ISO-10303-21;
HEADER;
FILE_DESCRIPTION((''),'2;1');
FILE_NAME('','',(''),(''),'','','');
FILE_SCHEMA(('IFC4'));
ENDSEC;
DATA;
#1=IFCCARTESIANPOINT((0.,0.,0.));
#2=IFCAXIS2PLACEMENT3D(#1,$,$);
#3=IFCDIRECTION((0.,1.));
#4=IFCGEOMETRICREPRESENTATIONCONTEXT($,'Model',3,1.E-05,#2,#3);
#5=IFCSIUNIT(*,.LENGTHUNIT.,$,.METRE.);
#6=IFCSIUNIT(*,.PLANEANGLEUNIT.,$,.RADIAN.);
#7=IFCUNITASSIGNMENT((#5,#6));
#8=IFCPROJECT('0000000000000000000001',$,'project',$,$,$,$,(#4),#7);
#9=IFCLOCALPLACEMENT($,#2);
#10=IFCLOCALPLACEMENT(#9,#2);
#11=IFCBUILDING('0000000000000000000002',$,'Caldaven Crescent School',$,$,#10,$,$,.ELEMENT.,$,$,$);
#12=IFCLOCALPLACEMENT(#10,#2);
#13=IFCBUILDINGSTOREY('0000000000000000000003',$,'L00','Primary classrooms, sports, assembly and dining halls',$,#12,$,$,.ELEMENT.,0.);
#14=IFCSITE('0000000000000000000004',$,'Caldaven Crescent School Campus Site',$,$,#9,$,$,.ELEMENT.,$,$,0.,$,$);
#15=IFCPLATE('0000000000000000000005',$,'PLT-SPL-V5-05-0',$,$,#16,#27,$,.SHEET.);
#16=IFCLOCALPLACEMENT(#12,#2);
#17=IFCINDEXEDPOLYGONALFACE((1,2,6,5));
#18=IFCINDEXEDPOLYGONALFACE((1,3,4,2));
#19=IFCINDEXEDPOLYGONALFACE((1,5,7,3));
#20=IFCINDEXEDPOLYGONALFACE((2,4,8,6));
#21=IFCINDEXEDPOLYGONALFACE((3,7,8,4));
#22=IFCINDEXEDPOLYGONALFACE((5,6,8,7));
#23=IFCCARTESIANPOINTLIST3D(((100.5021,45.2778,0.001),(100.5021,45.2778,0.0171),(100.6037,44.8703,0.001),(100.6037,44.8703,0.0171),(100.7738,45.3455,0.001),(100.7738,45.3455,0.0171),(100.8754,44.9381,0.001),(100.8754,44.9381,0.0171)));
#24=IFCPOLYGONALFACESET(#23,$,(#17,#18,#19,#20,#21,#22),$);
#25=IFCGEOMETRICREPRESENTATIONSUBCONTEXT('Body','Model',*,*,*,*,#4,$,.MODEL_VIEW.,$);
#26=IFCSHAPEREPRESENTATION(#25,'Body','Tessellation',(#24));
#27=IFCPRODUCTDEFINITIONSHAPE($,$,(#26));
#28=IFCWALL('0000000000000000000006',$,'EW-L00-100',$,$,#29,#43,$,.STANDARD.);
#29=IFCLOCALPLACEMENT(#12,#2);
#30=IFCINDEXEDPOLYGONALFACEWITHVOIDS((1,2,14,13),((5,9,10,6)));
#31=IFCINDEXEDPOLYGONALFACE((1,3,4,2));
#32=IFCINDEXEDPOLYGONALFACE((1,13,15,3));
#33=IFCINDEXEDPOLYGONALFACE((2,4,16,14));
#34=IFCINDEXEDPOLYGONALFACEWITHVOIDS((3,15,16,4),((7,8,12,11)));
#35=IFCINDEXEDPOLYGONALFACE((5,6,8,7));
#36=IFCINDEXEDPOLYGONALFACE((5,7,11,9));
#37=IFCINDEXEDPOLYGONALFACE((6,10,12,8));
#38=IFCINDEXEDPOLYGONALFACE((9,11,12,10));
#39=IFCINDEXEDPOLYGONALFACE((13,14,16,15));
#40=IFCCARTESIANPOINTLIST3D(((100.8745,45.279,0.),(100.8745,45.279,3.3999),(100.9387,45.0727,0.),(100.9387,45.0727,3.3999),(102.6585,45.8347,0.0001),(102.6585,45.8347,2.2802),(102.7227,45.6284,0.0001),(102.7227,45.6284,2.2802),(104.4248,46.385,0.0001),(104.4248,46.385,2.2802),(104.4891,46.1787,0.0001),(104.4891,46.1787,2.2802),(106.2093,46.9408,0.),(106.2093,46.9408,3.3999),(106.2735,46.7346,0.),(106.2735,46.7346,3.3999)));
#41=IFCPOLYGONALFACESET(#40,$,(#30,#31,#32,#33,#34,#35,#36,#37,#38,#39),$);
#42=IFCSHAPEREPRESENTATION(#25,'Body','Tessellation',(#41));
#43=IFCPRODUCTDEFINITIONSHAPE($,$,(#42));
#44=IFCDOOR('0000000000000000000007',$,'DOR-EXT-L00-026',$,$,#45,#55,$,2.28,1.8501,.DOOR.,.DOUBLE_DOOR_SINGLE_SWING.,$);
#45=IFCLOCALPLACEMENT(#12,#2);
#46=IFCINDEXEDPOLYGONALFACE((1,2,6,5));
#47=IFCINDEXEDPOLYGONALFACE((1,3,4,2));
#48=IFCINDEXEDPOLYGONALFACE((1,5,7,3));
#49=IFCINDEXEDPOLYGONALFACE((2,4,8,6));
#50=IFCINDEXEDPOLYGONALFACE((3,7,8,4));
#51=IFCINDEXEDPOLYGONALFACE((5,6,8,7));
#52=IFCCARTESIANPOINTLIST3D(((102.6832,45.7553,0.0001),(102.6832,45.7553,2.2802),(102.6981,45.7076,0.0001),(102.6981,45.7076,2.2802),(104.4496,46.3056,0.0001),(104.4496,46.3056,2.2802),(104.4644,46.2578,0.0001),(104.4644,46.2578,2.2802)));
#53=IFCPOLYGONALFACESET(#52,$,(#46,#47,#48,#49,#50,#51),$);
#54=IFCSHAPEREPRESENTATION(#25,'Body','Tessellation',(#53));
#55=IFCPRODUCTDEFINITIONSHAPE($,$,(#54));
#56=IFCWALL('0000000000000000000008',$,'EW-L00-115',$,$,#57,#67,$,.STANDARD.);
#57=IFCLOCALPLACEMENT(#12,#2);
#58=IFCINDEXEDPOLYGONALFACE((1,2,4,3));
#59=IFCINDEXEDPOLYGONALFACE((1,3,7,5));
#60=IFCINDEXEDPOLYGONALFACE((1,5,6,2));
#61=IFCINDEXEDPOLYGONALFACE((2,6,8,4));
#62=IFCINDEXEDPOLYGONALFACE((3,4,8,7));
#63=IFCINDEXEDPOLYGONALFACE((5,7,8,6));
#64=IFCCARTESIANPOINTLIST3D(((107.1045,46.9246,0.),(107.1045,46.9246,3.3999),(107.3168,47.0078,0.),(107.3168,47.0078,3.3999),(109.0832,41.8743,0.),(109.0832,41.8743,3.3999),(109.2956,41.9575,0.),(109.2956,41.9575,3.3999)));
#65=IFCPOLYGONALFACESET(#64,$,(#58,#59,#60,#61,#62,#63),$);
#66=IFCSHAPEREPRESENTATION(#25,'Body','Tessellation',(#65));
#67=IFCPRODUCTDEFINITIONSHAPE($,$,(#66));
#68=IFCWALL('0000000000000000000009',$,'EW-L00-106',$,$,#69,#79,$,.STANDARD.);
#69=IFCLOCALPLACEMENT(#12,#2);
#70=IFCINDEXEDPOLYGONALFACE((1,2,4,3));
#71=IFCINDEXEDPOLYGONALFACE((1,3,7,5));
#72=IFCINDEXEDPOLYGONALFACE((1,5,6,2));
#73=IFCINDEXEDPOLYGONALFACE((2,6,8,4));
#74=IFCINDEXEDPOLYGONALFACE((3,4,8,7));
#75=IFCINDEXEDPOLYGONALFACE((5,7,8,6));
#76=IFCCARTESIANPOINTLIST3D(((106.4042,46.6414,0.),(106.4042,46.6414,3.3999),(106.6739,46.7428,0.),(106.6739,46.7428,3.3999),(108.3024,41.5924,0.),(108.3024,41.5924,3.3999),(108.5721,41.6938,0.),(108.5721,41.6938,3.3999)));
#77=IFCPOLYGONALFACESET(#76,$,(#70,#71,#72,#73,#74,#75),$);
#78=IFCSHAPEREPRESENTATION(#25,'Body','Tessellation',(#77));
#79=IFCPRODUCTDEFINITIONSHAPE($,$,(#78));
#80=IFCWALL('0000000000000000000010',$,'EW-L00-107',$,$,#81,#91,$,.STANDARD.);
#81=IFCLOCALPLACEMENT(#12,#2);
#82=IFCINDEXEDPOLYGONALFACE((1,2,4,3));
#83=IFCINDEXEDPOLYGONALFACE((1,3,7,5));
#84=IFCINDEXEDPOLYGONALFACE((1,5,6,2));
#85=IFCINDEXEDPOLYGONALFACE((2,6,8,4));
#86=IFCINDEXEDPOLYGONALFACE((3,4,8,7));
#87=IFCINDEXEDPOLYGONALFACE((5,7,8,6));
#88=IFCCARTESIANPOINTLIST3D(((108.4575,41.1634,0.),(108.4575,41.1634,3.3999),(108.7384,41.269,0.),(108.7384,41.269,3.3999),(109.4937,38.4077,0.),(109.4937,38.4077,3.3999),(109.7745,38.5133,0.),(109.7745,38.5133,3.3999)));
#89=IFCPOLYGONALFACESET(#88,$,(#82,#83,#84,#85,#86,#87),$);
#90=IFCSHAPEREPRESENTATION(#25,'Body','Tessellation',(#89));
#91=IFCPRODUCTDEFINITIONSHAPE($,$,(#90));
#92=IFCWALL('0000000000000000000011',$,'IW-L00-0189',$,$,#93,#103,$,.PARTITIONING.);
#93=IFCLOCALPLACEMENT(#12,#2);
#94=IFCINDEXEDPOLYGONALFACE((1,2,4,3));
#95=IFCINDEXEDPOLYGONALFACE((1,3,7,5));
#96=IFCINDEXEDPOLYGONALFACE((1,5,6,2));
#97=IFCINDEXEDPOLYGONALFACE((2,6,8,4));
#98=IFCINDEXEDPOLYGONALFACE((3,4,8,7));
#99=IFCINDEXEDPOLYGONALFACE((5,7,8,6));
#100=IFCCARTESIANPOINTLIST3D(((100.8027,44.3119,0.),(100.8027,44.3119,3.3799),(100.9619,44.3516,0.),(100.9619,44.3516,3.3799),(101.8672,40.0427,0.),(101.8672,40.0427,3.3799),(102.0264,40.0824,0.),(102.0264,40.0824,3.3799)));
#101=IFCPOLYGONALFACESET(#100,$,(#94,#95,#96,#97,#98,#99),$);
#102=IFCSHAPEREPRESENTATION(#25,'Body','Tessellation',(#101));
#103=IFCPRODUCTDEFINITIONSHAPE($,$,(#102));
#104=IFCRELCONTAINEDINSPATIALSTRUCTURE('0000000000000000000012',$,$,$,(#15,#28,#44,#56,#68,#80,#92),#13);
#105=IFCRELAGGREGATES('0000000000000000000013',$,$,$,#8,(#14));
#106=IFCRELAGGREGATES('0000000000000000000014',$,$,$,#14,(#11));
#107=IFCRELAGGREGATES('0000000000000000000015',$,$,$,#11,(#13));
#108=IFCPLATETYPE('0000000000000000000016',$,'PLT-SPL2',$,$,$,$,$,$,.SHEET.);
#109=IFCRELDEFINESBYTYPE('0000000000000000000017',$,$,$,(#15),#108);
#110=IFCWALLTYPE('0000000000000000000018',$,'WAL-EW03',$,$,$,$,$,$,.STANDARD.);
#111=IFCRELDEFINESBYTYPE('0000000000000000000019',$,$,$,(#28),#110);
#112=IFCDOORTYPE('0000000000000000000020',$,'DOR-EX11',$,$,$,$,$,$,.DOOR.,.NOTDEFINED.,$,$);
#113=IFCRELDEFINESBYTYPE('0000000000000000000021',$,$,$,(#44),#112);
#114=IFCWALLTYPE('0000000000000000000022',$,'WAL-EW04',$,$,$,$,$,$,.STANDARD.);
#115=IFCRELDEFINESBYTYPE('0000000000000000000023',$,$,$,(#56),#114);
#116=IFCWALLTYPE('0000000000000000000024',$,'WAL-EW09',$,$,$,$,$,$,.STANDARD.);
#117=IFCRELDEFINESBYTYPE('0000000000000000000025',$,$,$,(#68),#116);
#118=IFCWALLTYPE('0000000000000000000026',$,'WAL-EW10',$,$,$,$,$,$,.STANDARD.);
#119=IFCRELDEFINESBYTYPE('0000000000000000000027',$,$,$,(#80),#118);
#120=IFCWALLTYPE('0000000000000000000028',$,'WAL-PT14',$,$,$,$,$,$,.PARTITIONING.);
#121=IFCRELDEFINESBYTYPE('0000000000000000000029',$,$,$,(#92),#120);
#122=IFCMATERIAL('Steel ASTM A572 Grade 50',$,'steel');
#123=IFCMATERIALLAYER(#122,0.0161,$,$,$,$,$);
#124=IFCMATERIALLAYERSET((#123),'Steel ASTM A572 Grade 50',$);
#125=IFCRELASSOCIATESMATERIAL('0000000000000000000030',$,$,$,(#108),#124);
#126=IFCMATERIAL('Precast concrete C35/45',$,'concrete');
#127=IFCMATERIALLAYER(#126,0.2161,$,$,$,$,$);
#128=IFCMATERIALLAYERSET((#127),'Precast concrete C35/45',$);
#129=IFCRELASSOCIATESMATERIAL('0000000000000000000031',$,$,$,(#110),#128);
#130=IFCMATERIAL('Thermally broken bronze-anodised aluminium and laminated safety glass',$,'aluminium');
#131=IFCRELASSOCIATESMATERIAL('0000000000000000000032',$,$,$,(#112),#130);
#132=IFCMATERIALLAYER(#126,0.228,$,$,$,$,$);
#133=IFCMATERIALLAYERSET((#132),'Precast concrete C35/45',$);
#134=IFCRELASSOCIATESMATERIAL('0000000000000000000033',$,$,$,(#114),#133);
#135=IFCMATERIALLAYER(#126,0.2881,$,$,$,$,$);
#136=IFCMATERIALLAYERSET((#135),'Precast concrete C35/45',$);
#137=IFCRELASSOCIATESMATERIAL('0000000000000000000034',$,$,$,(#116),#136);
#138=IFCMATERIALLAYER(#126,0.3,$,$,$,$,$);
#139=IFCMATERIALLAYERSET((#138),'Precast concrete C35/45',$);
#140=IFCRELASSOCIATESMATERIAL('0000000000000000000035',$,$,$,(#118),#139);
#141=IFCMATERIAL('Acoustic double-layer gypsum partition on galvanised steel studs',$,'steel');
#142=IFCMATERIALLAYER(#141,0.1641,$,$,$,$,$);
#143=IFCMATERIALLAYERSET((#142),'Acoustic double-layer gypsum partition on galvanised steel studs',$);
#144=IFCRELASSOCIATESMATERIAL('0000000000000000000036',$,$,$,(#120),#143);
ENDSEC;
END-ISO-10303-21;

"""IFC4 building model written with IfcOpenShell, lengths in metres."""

from ifc_helpers import new_model, si_unit, direction, frame, frame_2d, origin, origin_2d, place, context, subcontext, project, spatial, rectangle, extrude, material, layer, layer_set, type_object, element, fill, save


model = new_model("IFC4")

# Units and contexts
model_context = context("Model", 3, precision=1e-05, world=origin(), true_north=direction((0.0, 1.0)))
body_context = subcontext(model_context, "Body", "Model", "MODEL_VIEW")
ifc_project = project(units=[si_unit("LENGTHUNIT", "METRE"), si_unit("PLANEANGLEUNIT", "RADIAN")], contexts=[model_context])

# Site, building, storey
site_placement = place(None, origin())
site = spatial("IfcSite", under=ifc_project, at=site_placement, Name="Caldaven Crescent School Campus Site", CompositionType="ELEMENT", RefElevation=0.0)
building_placement = place(site_placement, origin())
building = spatial("IfcBuilding", under=site, at=building_placement, Name="Caldaven Crescent School", CompositionType="ELEMENT")
storey_placement = place(building_placement, origin())
storey = spatial("IfcBuildingStorey", under=building, at=storey_placement, Name="L00", Description="Primary classrooms, sports, assembly and dining halls", CompositionType="ELEMENT", Elevation=0.0)

# Shared definitions
ifc_material_1 = material(Name="Steel ASTM A572 Grade 50", Category="steel")

# Plate
ifc_layer_1 = layer(ifc_material_1, 0.0161)
ifc_layer_set_1 = layer_set([ifc_layer_1], Name="Steel ASTM A572 Grade 50")
plate_type_1 = type_object("IfcPlateType", Name="PLT-SPL2", PredefinedType="SHEET", material=ifc_layer_set_1)
plate_1_placement = place(storey_placement, frame((100.6887, 45.1079, 0.001), z_axis=(0.0, 0.0, 1.0), x_axis=(0.241922, -0.970296, 0.0)))
element("IfcPlate", 1, at=plate_1_placement, inside=storey, type_object=plate_type_1, Name="PLT-SPL-V5-05-0", PredefinedType="SHEET", context=body_context, shape_type="SweptSolid", body=[
    extrude(rectangle(XDim=0.4199, YDim=0.28, at=origin_2d()), origin(), (0.0, 0.0, 1.0), 0.0161),
])

# Wall, opening, door
ifc_material_2 = material(Name="Precast concrete C35/45", Category="concrete")
ifc_layer_2 = layer(ifc_material_2, 0.2161)
ifc_layer_set_2 = layer_set([ifc_layer_2], Name="Precast concrete C35/45")
wall_type_1 = type_object("IfcWallType", Name="WAL-EW03", PredefinedType="STANDARD", material=ifc_layer_set_2)
wall_1_placement = place(storey_placement, frame((100.9065, 45.1758, 0.0), z_axis=(0.0, 0.0, 1.0), x_axis=(0.954746, 0.297422, 0.0)))
wall_1 = element("IfcWall", 2, at=wall_1_placement, inside=storey, type_object=wall_type_1, Name="EW-L00-100", PredefinedType="STANDARD", context=body_context, shape_type="SweptSolid", body=[
    extrude(rectangle(XDim=5.5876, YDim=0.2161, at=frame_2d((2.7939, 0.0))), origin(), (0.0, 0.0, 1.0), 3.3999),
])
opening_placement = place(wall_1_placement, frame((1.8687, 0.0, 0.0)))
opening = element("IfcOpeningElement", 3, at=opening_placement, cuts=wall_1, PredefinedType="OPENING", context=body_context, shape_type="SweptSolid", body=[
    extrude(rectangle(XDim=1.8501, YDim=2.28, at=frame_2d((0.925, 1.1401))), frame((0.0, 0.1179, 0.0), z_axis=(0.0, -1.0, 0.0), x_axis=(1.0, 0.0, 0.0)), (0.0, 0.0, 1.0), 0.2361),
])
ifc_material_3 = material(Name="Thermally broken bronze-anodised aluminium and laminated safety glass", Category="aluminium")
door_type = type_object("IfcDoorType", Name="DOR-EX11", OperationType="NOTDEFINED", PredefinedType="DOOR", material=ifc_material_3)
door_placement = place(opening_placement, origin())
door = element("IfcDoor", 4, at=door_placement, inside=storey, type_object=door_type, Name="DOR-EXT-L00-026", OperationType="DOUBLE_DOOR_SINGLE_SWING", OverallHeight=2.28, OverallWidth=1.8501, PredefinedType="DOOR", context=body_context, shape_type="SweptSolid", body=[
    extrude(rectangle(XDim=1.8501, YDim=2.28, at=frame_2d((0.925, 1.1401))), frame((0.0, 0.0249, 0.0), z_axis=(0.0, -1.0, 0.0), x_axis=(1.0, 0.0, 0.0)), (0.0, 0.0, 1.0), 0.05),
])
fill(opening, door)

# Walls
ifc_layer_3 = layer(ifc_material_2, 0.228)
ifc_layer_set_3 = layer_set([ifc_layer_3], Name="Precast concrete C35/45")
wall_type_2 = type_object("IfcWallType", Name="WAL-EW04", PredefinedType="STANDARD", material=ifc_layer_set_3)
wall_2_placement = place(storey_placement, frame((107.2107, 46.9661, 0.0), z_axis=(0.0, 0.0, 1.0), x_axis=(0.364808, -0.931083, 0.0)))
element("IfcWall", 5, at=wall_2_placement, inside=storey, type_object=wall_type_2, Name="EW-L00-115", PredefinedType="STANDARD", context=body_context, shape_type="SweptSolid", body=[
    extrude(rectangle(XDim=5.4241, YDim=0.228, at=frame_2d((2.7119, 0.0))), origin(), (0.0, 0.0, 1.0), 3.3999),
])
ifc_layer_4 = layer(ifc_material_2, 0.2881)
ifc_layer_set_4 = layer_set([ifc_layer_4], Name="Precast concrete C35/45")
wall_type_3 = type_object("IfcWallType", Name="WAL-EW09", PredefinedType="STANDARD", material=ifc_layer_set_4)
wall_3_placement = place(storey_placement, frame((106.5391, 46.6921, 0.0), z_axis=(0.0, 0.0, 1.0), x_axis=(0.351902, -0.936037, 0.0)))
element("IfcWall", 6, at=wall_3_placement, inside=storey, type_object=wall_type_3, Name="EW-L00-106", PredefinedType="STANDARD", context=body_context, shape_type="SweptSolid", body=[
    extrude(rectangle(XDim=5.394, YDim=0.2881, at=frame_2d((2.697, 0.0))), origin(), (0.0, 0.0, 1.0), 3.3999),
])
ifc_layer_5 = layer(ifc_material_2, 0.3)
ifc_layer_set_5 = layer_set([ifc_layer_5], Name="Precast concrete C35/45")
wall_type_4 = type_object("IfcWallType", Name="WAL-EW10", PredefinedType="STANDARD", material=ifc_layer_set_5)
wall_4_placement = place(storey_placement, frame((108.5979, 41.2163, 0.0), z_axis=(0.0, 0.0, 1.0), x_axis=(0.35195, -0.936019, 0.0)))
element("IfcWall", 7, at=wall_4_placement, inside=storey, type_object=wall_type_4, Name="EW-L00-107", PredefinedType="STANDARD", context=body_context, shape_type="SweptSolid", body=[
    extrude(rectangle(XDim=2.9441, YDim=0.3, at=frame_2d((1.4722, 0.0))), origin(), (0.0, 0.0, 1.0), 3.3999),
])
ifc_material_4 = material(Name="Acoustic double-layer gypsum partition on galvanised steel studs", Category="steel")
ifc_layer_6 = layer(ifc_material_4, 0.1641)
ifc_layer_set_6 = layer_set([ifc_layer_6], Name="Acoustic double-layer gypsum partition on galvanised steel studs")
wall_type_5 = type_object("IfcWallType", Name="WAL-PT14", PredefinedType="PARTITIONING", material=ifc_layer_set_6)
wall_5_placement = place(storey_placement, frame((100.8823, 44.3318, 0.0), z_axis=(0.0, 0.0, 1.0), x_axis=(0.241922, -0.970296, 0.0)))
element("IfcWall", 8, at=wall_5_placement, inside=storey, type_object=wall_type_5, Name="IW-L00-0189", PredefinedType="PARTITIONING", context=body_context, shape_type="SweptSolid", body=[
    extrude(rectangle(XDim=4.3999, YDim=0.1641, at=frame_2d((2.2, 0.0))), origin(), (0.0, 0.0, 1.0), 3.3799),
])

save(model, "model.ifc")
